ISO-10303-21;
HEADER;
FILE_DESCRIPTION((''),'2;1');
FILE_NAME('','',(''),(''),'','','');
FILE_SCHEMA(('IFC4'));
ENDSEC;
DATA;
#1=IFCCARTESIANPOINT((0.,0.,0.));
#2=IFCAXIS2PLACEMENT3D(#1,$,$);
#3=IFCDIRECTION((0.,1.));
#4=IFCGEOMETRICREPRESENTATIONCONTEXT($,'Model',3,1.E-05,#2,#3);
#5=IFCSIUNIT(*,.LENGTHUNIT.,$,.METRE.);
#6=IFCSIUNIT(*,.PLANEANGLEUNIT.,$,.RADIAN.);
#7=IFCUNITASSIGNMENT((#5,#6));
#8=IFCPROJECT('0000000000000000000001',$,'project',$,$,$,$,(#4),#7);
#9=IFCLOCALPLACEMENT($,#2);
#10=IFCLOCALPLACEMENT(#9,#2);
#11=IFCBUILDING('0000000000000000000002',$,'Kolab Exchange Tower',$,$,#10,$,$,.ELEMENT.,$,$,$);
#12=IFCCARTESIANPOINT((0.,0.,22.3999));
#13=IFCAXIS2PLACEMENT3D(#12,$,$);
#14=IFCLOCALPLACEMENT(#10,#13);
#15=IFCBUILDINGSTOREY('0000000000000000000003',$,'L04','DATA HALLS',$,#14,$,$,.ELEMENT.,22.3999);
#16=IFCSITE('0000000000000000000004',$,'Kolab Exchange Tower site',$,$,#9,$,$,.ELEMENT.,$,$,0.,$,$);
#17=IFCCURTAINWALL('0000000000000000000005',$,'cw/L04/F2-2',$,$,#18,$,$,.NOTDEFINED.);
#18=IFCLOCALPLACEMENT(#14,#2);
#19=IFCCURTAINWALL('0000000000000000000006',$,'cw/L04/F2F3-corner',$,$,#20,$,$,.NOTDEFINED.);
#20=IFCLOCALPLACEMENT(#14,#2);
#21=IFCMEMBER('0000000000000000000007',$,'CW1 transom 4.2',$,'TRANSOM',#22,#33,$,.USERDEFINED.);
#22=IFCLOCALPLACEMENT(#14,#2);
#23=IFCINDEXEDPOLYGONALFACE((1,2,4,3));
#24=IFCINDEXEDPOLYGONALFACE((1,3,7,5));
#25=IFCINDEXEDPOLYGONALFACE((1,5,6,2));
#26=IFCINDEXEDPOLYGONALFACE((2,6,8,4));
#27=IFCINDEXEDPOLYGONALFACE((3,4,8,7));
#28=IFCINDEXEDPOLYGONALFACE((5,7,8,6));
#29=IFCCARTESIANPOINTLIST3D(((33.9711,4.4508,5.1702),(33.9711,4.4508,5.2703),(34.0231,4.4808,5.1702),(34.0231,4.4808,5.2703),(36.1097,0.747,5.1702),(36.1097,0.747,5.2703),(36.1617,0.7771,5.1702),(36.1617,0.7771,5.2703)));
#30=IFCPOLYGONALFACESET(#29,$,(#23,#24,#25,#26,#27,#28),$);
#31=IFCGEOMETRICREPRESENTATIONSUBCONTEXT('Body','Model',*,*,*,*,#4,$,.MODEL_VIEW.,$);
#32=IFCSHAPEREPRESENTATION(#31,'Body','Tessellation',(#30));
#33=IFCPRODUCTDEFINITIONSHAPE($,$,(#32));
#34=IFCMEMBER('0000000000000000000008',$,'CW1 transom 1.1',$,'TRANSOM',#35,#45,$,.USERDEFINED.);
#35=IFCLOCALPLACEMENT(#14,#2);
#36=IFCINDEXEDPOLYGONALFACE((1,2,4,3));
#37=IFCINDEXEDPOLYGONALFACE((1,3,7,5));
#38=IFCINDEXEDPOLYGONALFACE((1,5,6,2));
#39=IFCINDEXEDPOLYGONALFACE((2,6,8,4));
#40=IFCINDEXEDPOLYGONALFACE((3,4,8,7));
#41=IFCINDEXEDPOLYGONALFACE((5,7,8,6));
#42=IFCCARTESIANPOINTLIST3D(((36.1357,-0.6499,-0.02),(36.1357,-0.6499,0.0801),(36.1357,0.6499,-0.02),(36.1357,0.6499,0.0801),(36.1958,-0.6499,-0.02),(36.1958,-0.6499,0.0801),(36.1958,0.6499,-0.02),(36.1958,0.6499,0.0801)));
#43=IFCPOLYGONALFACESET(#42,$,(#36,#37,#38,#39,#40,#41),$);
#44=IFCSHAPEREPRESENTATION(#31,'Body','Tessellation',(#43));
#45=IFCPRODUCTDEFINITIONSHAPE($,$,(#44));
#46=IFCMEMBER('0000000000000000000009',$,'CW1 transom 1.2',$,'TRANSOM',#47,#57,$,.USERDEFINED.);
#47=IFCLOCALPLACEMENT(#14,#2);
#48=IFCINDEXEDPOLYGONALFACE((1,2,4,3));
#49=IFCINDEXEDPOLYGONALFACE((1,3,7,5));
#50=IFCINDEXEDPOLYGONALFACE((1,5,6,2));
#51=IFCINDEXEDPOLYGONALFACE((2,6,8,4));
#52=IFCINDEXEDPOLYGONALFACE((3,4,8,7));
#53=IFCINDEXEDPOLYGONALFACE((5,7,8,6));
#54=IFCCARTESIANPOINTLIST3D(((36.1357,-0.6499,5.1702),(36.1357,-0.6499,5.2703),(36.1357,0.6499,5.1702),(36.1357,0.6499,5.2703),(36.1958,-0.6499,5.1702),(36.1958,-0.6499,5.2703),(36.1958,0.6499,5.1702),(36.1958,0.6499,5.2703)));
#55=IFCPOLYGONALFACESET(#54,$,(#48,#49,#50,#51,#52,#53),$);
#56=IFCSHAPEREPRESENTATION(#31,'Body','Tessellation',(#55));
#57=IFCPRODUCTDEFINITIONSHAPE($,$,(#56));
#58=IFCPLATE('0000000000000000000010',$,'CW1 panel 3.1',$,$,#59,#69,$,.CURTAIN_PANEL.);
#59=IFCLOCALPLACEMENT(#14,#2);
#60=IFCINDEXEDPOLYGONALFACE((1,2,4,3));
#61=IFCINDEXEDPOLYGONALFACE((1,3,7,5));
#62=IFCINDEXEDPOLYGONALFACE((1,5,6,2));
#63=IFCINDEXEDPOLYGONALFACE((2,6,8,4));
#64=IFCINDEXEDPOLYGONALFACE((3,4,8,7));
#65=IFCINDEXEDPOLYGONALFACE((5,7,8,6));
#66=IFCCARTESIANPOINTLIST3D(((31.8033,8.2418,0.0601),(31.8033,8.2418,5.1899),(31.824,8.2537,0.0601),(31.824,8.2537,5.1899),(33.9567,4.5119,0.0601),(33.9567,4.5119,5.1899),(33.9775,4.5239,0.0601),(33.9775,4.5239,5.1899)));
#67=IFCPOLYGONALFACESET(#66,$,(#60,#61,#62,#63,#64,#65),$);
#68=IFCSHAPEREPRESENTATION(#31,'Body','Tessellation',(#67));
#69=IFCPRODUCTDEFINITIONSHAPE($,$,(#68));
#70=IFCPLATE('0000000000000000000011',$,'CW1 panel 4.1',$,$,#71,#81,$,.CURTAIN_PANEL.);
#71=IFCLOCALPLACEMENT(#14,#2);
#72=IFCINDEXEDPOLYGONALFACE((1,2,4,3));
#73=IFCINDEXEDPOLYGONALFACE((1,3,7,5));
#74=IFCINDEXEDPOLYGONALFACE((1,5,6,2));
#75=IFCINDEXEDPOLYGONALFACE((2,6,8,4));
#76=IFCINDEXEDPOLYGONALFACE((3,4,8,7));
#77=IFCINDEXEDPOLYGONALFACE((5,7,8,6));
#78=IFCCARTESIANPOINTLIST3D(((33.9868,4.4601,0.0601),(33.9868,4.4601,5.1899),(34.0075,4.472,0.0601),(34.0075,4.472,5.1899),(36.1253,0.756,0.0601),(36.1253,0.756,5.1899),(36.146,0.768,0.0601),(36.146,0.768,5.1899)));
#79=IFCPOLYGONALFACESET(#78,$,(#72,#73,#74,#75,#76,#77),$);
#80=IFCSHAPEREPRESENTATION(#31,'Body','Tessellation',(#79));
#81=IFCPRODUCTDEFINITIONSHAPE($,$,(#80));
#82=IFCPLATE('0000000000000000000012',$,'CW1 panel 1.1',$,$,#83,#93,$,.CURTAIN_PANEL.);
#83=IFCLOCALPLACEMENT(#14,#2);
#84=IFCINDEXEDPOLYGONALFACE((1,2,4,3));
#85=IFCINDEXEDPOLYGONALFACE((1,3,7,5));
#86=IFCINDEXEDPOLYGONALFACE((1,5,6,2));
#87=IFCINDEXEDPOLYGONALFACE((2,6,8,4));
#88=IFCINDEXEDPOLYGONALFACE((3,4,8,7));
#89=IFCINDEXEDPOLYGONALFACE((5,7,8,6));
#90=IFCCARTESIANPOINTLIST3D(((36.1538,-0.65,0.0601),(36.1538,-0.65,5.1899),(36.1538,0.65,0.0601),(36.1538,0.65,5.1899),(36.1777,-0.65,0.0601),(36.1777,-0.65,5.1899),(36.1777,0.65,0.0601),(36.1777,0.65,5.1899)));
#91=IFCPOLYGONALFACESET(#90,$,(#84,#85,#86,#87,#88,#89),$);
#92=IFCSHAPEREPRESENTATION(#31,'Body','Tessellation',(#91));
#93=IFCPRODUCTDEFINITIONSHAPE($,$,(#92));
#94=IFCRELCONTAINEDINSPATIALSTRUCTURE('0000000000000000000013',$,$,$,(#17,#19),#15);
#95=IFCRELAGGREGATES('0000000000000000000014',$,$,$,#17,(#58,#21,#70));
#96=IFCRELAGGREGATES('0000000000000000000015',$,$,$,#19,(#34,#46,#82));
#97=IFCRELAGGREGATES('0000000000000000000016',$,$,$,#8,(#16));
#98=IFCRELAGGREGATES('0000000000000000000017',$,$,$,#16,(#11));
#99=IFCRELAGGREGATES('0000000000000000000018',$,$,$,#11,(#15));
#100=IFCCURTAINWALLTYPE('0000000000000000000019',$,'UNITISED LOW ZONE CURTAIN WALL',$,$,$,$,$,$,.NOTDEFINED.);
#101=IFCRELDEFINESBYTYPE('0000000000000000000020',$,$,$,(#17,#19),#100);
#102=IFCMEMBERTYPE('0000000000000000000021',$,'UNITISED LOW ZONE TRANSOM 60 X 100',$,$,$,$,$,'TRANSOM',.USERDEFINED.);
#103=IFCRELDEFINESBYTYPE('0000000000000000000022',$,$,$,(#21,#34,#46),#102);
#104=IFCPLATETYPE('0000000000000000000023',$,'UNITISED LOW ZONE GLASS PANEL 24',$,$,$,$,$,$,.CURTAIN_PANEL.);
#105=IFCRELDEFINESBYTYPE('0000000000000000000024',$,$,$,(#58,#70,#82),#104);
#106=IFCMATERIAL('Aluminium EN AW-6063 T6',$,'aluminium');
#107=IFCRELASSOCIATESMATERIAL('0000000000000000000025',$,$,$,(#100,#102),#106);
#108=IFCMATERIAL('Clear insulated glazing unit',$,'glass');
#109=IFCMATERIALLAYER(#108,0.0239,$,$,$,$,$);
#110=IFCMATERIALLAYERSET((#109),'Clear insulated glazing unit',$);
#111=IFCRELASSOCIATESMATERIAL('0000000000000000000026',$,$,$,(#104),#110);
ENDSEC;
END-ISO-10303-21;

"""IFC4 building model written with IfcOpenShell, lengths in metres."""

from ifc_helpers import new_model, si_unit, direction, frame, origin, origin_2d, place, context, subcontext, project, spatial, rectangle, extrude, material, layer, layer_set, material_profile, profile_set, type_object, element, aggregate, save


model = new_model("IFC4")

# Units and contexts
model_context = context("Model", 3, precision=1e-05, world=origin(), true_north=direction((0.0, 1.0)))
body_context = subcontext(model_context, "Body", "Model", "MODEL_VIEW")
ifc_project = project(units=[si_unit("LENGTHUNIT", "METRE"), si_unit("PLANEANGLEUNIT", "RADIAN")], contexts=[model_context])

# Site, building, storey
site_placement = place(None, origin())
site = spatial("IfcSite", under=ifc_project, at=site_placement, Name="Kolab Exchange Tower site", CompositionType="ELEMENT", RefElevation=0.0)
building_placement = place(site_placement, origin())
building = spatial("IfcBuilding", under=site, at=building_placement, Name="Kolab Exchange Tower", CompositionType="ELEMENT")
storey_placement = place(building_placement, frame((0.0, 0.0, 22.3999)))
storey = spatial("IfcBuildingStorey", under=building, at=storey_placement, Name="L04", Description="DATA HALLS", CompositionType="ELEMENT", Elevation=22.3999)

# Curtain wall
ifc_material_1 = material(Name="Aluminium EN AW-6063 T6", Category="aluminium")
curtain_wall_type = type_object("IfcCurtainWallType", Name="UNITISED LOW ZONE CURTAIN WALL", PredefinedType="NOTDEFINED", material=ifc_material_1)
curtain_wall_1_placement = place(storey_placement, origin())
curtain_wall_1 = element("IfcCurtainWall", 1, at=curtain_wall_1_placement, inside=storey, type_object=curtain_wall_type, Name="cw/L04/F2-2", PredefinedType="NOTDEFINED")

# Curtain wall
curtain_wall_2_placement = place(storey_placement, origin())
curtain_wall_2 = element("IfcCurtainWall", 2, at=curtain_wall_2_placement, inside=storey, type_object=curtain_wall_type, Name="cw/L04/F2F3-corner", PredefinedType="NOTDEFINED")

# Members
ifc_material_profile_1 = material_profile(ifc_material_1, rectangle(XDim=0.0601, YDim=0.1001, at=origin_2d()), Name="RECT 60X100")
ifc_profile_set_1 = profile_set([ifc_material_profile_1], Name="Aluminium EN AW-6063 T6")
member_type_1 = type_object("IfcMemberType", Name="UNITISED LOW ZONE TRANSOM 60 X 100", ElementType="TRANSOM", PredefinedType="USERDEFINED", material=ifc_profile_set_1)
member_1_placement = place(storey_placement, frame((33.9971, 4.4658, 5.2202), z_axis=(0.500044, -0.866, 0.0), x_axis=(0.866, 0.500044, 0.0)))
member_1 = element("IfcMember", 3, at=member_1_placement, type_object=member_type_1, Name="CW1 transom 4.2", ObjectType="TRANSOM", PredefinedType="USERDEFINED", context=body_context, shape_type="SweptSolid", body=[
    extrude(rectangle(XDim=0.0601, YDim=0.1001, at=origin_2d()), origin(), (0.0, 0.0, 1.0), 4.2769),
])
member_2_placement = place(storey_placement, frame((36.1658, 0.6499, 0.03), z_axis=(0.0, -1.0, 0.0), x_axis=(1.0, 0.0, 0.0)))
member_2 = element("IfcMember", 4, at=member_2_placement, type_object=member_type_1, Name="CW1 transom 1.1", ObjectType="TRANSOM", PredefinedType="USERDEFINED", context=body_context, shape_type="SweptSolid", body=[
    extrude(rectangle(XDim=0.0601, YDim=0.1001, at=origin_2d()), origin(), (0.0, 0.0, 1.0), 1.2998),
])
member_3_placement = place(storey_placement, frame((36.1658, 0.6499, 5.2202), z_axis=(0.0, -1.0, 0.0), x_axis=(1.0, 0.0, 0.0)))
member_3 = element("IfcMember", 5, at=member_3_placement, type_object=member_type_1, Name="CW1 transom 1.2", ObjectType="TRANSOM", PredefinedType="USERDEFINED", context=body_context, shape_type="SweptSolid", body=[
    extrude(rectangle(XDim=0.0601, YDim=0.1001, at=origin_2d()), origin(), (0.0, 0.0, 1.0), 1.2998),
])

# Plates
ifc_material_2 = material(Name="Clear insulated glazing unit", Category="glass")
ifc_layer = layer(ifc_material_2, 0.0239)
ifc_layer_set = layer_set([ifc_layer], Name="Clear insulated glazing unit")
plate_type = type_object("IfcPlateType", Name="UNITISED LOW ZONE GLASS PANEL 24", PredefinedType="CURTAIN_PANEL", material=ifc_layer_set)
plate_1_placement = place(storey_placement, frame((32.8904, 6.3828, 0.0601), z_axis=(0.0, 0.0, 1.0), x_axis=(0.5, -0.866025, 0.0)))
plate_1 = element("IfcPlate", 6, at=plate_1_placement, type_object=plate_type, Name="CW1 panel 3.1", PredefinedType="CURTAIN_PANEL", context=body_context, shape_type="SweptSolid", body=[
    extrude(rectangle(XDim=4.3069, YDim=0.0239, at=origin_2d()), origin(), (0.0, 0.0, 1.0), 5.1299),
])
plate_2_placement = place(storey_placement, frame((35.0664, 2.614, 0.0601), z_axis=(0.0, 0.0, 1.0), x_axis=(0.5, -0.866025, 0.0)))
plate_2 = element("IfcPlate", 7, at=plate_2_placement, type_object=plate_type, Name="CW1 panel 4.1", PredefinedType="CURTAIN_PANEL", context=body_context, shape_type="SweptSolid", body=[
    extrude(rectangle(XDim=4.2771, YDim=0.0239, at=origin_2d()), origin(), (0.0, 0.0, 1.0), 5.1299),
])
aggregate(curtain_wall_1, [plate_1, member_1, plate_2])
plate_3_placement = place(storey_placement, frame((36.1658, 0.0, 0.0601), z_axis=(0.0, 0.0, 1.0), x_axis=(0.0, -1.0, 0.0)))
plate_3 = element("IfcPlate", 8, at=plate_3_placement, type_object=plate_type, Name="CW1 panel 1.1", PredefinedType="CURTAIN_PANEL", context=body_context, shape_type="SweptSolid", body=[
    extrude(rectangle(XDim=1.3, YDim=0.0239, at=origin_2d()), origin(), (0.0, 0.0, 1.0), 5.1299),
])
aggregate(curtain_wall_2, [member_2, member_3, plate_3])

save(model, "model.ifc")
